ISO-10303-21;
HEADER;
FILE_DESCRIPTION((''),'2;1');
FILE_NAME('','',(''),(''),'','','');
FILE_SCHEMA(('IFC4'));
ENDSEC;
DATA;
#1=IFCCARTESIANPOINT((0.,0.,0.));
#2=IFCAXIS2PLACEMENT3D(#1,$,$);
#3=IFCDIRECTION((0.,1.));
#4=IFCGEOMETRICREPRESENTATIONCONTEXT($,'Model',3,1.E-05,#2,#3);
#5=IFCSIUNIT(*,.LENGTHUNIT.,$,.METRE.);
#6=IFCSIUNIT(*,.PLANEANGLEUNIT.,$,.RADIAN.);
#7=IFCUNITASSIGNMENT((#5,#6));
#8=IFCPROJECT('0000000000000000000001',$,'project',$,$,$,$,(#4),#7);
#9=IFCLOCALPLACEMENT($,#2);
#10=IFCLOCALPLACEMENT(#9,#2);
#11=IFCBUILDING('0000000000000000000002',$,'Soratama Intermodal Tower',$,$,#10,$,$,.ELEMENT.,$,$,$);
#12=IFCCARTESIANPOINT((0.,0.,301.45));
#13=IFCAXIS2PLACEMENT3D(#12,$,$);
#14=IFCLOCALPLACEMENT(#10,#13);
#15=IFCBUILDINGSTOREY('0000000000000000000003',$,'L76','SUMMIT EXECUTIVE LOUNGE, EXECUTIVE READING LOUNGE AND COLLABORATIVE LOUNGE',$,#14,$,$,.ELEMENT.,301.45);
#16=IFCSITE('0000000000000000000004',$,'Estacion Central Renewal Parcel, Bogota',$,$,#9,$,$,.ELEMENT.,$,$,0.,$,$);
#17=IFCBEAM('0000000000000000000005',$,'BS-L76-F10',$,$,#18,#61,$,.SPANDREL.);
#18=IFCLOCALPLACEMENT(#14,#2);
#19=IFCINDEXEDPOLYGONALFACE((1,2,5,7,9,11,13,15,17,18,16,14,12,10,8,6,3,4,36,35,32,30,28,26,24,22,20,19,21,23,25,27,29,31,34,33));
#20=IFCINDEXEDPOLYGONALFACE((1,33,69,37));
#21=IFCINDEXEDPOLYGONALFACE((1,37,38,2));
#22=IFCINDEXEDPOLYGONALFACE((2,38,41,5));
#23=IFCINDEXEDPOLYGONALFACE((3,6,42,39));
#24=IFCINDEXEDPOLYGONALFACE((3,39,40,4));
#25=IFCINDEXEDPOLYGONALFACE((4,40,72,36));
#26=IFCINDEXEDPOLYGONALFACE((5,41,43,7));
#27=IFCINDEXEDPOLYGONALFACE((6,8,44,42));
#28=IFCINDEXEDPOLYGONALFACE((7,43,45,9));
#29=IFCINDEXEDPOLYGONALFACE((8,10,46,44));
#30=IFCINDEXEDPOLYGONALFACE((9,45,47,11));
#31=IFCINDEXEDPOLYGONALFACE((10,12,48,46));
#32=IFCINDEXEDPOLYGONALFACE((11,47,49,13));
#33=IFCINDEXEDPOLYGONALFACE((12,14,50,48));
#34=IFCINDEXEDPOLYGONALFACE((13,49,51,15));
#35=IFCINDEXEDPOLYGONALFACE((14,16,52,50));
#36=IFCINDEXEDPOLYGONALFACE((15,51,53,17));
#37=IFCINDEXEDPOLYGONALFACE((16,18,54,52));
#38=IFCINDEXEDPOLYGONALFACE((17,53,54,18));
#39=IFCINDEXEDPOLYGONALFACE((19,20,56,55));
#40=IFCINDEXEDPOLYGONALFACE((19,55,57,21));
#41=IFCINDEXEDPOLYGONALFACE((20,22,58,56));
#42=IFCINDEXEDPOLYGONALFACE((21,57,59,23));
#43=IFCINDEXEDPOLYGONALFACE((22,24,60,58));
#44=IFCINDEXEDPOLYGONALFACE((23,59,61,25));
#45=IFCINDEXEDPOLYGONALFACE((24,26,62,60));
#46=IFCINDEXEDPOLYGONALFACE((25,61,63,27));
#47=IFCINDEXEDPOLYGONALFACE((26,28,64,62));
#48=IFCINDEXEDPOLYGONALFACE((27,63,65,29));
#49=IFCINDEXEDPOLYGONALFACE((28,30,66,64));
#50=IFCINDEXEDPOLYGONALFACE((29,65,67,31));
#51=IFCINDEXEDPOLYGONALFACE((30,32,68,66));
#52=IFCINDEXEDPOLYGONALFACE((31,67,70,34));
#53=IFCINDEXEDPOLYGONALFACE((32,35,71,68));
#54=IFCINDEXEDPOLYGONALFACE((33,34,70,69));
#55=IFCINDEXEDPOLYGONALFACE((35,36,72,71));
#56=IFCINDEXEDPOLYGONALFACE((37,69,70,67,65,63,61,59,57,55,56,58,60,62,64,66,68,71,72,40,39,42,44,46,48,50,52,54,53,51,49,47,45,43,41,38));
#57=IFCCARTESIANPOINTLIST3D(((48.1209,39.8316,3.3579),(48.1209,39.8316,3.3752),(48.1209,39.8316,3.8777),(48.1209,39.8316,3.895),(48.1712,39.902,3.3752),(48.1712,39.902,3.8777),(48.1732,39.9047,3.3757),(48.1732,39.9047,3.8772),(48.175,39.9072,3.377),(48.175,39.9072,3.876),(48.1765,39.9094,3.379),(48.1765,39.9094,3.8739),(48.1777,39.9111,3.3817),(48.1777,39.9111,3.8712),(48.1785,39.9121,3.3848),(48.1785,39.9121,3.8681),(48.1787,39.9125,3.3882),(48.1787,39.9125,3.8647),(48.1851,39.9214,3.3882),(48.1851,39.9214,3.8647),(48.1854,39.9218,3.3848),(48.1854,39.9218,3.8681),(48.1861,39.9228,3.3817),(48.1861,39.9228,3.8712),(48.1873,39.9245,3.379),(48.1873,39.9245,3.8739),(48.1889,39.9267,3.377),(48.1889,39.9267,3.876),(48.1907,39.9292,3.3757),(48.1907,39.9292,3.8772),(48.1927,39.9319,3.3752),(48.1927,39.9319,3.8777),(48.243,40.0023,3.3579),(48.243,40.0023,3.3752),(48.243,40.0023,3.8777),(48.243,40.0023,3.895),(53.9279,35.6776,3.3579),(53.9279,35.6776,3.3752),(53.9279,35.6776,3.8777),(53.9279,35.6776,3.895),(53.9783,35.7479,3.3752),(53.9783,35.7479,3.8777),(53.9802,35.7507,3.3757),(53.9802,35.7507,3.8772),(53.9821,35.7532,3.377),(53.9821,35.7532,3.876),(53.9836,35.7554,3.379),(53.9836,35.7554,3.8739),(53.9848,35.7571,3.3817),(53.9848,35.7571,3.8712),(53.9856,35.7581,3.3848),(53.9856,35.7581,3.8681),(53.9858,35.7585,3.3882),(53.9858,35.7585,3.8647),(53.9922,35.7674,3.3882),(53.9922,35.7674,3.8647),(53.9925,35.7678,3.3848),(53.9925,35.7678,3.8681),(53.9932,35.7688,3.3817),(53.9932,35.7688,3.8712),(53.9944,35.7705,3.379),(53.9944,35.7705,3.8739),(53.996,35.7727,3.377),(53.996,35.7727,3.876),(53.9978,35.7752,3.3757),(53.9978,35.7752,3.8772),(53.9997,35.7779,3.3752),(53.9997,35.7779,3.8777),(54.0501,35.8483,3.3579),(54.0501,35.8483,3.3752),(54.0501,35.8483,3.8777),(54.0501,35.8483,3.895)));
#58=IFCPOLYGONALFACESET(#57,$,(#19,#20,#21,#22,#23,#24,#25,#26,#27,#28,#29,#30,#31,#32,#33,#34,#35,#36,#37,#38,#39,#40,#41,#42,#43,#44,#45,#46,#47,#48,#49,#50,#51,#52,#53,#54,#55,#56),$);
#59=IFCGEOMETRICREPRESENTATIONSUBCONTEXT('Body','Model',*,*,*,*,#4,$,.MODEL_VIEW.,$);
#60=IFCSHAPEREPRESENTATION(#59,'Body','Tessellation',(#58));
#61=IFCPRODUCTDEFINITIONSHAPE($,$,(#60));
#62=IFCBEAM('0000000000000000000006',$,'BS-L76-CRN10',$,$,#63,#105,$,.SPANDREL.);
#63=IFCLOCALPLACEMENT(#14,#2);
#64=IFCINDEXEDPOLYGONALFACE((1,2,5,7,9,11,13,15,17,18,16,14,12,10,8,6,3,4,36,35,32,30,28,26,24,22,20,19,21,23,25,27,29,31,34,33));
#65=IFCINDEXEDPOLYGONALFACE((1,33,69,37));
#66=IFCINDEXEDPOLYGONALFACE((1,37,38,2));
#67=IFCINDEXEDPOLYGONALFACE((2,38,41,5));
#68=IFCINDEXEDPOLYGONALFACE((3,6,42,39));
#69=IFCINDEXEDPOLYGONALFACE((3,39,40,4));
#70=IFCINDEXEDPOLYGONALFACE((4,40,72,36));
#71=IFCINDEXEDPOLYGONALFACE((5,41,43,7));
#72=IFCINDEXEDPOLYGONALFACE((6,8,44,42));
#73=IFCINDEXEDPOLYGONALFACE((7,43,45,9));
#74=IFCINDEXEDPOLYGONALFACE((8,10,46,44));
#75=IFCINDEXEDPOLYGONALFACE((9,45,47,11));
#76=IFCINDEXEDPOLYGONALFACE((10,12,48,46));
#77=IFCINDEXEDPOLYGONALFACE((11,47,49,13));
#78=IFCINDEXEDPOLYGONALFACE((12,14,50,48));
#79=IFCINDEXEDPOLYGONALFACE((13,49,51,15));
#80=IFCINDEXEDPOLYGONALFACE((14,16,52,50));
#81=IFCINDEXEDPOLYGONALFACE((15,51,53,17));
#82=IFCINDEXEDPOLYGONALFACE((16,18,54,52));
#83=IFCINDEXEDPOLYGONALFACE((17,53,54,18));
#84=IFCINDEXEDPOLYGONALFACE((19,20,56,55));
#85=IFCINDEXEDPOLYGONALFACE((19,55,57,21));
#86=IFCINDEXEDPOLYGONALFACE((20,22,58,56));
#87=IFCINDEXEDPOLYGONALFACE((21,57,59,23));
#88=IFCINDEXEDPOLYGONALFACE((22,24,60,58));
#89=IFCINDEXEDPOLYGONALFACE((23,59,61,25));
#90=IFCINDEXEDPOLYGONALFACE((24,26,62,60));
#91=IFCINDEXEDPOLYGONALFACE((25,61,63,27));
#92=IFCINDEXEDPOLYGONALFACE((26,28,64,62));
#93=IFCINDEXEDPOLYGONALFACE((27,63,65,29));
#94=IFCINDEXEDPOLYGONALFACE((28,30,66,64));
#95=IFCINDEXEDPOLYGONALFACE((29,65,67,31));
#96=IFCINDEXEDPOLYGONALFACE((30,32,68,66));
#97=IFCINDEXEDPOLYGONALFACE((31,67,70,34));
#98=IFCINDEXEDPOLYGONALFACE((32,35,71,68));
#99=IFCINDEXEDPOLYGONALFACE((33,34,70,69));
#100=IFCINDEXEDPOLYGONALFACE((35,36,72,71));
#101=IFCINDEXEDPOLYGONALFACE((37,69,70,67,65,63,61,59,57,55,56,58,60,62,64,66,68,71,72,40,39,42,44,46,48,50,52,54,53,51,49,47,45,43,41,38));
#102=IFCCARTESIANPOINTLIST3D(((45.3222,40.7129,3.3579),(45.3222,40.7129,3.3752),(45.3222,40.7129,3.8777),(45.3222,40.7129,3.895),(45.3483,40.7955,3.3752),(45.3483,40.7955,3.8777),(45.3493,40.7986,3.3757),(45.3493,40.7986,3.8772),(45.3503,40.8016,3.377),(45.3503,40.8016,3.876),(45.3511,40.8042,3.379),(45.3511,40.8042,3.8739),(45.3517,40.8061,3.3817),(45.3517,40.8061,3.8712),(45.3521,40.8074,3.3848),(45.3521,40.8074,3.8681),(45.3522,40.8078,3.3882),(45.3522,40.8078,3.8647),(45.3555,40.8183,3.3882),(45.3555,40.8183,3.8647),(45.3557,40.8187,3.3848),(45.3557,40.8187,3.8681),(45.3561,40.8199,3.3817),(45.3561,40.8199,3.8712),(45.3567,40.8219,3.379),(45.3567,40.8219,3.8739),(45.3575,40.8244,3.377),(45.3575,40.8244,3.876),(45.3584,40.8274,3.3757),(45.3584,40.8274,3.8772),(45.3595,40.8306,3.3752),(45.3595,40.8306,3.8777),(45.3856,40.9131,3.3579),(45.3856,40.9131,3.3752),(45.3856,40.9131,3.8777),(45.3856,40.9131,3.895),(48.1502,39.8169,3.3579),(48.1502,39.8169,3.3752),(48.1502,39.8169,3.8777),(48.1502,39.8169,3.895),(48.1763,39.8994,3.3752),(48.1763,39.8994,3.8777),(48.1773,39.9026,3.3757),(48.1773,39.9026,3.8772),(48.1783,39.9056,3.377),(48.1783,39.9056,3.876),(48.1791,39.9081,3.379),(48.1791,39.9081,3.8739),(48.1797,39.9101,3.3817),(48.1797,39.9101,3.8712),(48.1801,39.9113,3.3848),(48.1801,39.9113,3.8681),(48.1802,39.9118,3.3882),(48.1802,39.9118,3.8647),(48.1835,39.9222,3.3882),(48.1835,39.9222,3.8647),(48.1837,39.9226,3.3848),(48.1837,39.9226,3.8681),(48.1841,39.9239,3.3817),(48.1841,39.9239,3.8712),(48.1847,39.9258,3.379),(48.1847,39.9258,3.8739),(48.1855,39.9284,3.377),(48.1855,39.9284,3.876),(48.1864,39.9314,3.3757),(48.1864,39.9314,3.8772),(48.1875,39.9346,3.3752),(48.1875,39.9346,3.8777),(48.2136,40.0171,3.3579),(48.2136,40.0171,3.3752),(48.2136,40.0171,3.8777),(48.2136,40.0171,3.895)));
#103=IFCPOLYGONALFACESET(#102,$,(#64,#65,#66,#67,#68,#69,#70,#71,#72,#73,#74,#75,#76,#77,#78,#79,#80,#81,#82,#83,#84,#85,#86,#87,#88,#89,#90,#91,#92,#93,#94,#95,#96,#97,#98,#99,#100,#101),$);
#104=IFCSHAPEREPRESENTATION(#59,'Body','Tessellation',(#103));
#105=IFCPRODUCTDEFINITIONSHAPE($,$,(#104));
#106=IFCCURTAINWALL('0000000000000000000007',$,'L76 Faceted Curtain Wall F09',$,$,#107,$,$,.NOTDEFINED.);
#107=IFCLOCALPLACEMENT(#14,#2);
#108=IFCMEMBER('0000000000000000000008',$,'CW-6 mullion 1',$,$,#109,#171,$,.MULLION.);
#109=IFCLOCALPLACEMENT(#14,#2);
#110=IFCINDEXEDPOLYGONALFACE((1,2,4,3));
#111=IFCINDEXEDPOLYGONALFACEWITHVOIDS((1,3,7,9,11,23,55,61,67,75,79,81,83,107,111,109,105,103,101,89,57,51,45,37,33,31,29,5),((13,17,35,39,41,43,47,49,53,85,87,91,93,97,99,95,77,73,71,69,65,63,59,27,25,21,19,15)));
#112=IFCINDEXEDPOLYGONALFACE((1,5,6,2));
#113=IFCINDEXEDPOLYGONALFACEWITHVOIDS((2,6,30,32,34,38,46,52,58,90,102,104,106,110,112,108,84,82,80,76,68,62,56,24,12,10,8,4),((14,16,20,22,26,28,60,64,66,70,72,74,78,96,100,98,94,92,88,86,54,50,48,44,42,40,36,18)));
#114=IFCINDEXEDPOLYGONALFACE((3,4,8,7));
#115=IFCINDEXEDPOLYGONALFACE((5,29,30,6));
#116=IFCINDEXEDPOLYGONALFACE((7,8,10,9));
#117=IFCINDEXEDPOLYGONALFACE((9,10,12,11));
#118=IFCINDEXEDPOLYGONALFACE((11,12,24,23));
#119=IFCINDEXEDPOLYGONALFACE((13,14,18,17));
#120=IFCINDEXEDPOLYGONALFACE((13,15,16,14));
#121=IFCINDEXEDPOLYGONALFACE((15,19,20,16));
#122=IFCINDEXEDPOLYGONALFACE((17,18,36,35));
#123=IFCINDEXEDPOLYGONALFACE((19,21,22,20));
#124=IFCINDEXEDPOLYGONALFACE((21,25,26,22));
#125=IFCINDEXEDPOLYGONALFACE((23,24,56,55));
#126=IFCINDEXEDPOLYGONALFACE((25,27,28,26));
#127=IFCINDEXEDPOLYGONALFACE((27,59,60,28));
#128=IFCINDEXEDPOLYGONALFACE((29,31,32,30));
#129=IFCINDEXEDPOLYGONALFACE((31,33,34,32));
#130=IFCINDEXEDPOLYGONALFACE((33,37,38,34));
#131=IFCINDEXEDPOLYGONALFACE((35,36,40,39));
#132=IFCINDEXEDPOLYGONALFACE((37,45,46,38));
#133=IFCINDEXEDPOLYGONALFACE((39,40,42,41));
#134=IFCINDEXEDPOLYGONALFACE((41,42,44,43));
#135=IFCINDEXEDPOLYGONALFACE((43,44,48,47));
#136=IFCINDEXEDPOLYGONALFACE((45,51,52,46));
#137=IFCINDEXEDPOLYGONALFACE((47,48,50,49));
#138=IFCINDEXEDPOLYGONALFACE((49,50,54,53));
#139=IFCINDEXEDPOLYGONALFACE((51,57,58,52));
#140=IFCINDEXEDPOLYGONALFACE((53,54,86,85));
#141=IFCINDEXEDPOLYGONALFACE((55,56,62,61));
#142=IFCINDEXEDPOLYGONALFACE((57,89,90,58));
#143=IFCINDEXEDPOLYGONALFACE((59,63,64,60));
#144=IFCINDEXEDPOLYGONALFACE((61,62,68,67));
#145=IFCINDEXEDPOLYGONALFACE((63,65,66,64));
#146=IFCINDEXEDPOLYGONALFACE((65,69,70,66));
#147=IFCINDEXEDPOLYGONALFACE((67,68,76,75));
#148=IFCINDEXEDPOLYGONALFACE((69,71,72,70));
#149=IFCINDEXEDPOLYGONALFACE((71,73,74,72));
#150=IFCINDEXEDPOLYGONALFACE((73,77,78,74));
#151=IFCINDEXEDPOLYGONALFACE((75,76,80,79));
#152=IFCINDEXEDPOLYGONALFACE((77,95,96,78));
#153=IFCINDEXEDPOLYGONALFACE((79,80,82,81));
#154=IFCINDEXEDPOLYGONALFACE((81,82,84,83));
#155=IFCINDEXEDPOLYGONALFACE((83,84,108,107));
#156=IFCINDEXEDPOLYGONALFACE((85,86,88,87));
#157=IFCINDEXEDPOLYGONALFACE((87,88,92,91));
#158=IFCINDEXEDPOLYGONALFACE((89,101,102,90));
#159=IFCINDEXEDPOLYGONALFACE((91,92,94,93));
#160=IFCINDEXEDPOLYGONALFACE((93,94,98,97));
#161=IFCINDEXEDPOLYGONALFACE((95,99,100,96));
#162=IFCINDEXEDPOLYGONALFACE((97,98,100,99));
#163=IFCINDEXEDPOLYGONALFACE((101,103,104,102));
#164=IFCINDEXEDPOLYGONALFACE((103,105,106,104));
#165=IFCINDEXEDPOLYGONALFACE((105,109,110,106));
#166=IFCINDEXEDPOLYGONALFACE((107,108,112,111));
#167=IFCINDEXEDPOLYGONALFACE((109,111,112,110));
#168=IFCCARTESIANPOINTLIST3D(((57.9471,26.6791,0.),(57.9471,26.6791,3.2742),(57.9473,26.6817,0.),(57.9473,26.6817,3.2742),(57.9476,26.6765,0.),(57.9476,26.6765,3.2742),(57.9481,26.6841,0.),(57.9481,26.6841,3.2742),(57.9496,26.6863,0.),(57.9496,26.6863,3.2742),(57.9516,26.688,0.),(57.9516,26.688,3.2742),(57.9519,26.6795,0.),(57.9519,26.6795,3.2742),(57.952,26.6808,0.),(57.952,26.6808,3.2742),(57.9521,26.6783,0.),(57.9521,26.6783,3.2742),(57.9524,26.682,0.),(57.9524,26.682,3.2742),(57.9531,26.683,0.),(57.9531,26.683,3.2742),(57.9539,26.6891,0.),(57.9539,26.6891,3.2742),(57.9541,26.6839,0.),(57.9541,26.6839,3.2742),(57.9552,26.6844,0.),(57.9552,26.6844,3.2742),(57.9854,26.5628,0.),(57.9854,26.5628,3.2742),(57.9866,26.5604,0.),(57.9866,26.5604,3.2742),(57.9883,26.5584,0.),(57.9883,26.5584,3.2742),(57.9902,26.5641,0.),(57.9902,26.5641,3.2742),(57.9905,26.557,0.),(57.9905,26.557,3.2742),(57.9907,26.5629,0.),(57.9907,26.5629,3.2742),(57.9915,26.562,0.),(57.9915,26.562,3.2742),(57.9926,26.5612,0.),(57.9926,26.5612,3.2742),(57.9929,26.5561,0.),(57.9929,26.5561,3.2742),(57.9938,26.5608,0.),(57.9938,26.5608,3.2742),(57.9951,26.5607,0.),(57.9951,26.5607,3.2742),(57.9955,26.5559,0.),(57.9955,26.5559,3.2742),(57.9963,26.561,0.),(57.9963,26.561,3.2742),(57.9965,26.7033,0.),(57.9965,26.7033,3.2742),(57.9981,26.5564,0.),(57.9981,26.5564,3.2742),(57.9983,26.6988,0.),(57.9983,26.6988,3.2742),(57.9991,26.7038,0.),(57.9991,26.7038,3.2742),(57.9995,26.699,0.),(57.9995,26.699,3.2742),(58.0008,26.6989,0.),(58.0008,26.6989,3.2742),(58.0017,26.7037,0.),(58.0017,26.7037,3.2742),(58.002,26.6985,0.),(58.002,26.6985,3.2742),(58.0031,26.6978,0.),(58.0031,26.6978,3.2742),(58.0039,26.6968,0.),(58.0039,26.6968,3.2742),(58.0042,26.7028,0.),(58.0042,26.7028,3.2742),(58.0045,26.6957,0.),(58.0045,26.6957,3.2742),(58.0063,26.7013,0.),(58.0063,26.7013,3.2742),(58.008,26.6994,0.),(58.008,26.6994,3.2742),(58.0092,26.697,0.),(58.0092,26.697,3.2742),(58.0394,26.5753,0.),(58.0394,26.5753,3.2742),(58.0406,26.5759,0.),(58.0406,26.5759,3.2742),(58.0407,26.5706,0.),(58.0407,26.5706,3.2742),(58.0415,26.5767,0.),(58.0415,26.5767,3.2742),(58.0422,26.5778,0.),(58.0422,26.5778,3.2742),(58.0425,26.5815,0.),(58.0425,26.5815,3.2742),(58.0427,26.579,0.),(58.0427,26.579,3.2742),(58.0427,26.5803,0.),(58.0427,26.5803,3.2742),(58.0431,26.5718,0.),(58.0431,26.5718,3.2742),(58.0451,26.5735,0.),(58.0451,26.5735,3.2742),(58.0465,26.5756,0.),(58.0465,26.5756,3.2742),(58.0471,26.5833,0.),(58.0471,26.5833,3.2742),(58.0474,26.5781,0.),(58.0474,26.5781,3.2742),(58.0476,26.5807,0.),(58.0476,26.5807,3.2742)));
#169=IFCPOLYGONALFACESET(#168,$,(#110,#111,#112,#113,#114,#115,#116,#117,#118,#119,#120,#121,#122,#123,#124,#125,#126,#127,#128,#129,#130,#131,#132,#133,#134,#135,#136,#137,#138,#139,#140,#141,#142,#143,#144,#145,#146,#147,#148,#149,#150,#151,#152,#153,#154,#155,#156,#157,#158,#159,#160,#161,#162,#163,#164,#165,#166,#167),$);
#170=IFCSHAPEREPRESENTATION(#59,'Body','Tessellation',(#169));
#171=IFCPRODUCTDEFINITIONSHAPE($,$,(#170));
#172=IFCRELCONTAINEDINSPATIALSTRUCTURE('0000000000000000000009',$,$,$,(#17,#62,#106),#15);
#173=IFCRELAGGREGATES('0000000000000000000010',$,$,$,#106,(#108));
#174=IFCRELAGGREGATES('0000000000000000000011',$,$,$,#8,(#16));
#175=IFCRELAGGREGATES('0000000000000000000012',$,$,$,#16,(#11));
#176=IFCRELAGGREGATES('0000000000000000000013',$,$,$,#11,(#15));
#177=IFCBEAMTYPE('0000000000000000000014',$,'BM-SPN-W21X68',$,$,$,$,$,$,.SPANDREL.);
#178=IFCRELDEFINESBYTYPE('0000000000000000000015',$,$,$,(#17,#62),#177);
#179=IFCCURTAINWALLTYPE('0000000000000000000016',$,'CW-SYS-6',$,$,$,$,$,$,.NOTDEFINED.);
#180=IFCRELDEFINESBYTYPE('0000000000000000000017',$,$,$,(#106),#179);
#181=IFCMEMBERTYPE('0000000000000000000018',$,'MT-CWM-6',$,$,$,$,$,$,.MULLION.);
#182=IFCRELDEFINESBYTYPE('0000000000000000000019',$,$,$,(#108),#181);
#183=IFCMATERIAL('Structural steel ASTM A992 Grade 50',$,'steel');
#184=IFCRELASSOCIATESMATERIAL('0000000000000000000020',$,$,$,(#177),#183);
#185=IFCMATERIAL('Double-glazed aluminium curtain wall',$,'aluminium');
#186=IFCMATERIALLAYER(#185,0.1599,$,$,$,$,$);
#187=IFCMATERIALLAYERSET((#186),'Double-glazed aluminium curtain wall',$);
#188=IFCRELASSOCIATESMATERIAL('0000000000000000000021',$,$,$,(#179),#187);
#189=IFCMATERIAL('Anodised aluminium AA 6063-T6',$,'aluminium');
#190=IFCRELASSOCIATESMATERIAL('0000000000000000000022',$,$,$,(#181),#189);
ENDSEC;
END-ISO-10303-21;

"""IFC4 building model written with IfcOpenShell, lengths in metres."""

from ifc_helpers import new_model, si_unit, direction, frame, origin, origin_2d, place, context, subcontext, project, spatial, hollow_rectangle, i_section, extrude, material, layer, layer_set, material_profile, profile_set, type_object, element, aggregate, save


model = new_model("IFC4")

# Units and contexts
model_context = context("Model", 3, precision=1e-05, world=origin(), true_north=direction((0.0, 1.0)))
body_context = subcontext(model_context, "Body", "Model", "MODEL_VIEW")
ifc_project = project(units=[si_unit("LENGTHUNIT", "METRE"), si_unit("PLANEANGLEUNIT", "RADIAN")], contexts=[model_context])

# Site, building, storey
site_placement = place(None, origin())
site = spatial("IfcSite", under=ifc_project, at=site_placement, Name="Estacion Central Renewal Parcel, Bogota", CompositionType="ELEMENT", RefElevation=0.0)
building_placement = place(site_placement, origin())
building = spatial("IfcBuilding", under=site, at=building_placement, Name="Soratama Intermodal Tower", CompositionType="ELEMENT")
storey_placement = place(building_placement, frame((0.0, 0.0, 301.45)))
storey = spatial("IfcBuildingStorey", under=building, at=storey_placement, Name="L76", Description="SUMMIT EXECUTIVE LOUNGE, EXECUTIVE READING LOUNGE AND COLLABORATIVE LOUNGE", CompositionType="ELEMENT", Elevation=301.45)

# Beams
ifc_material_1 = material(Name="Structural steel ASTM A992 Grade 50", Category="steel")
ifc_material_profile_1 = material_profile(ifc_material_1, i_section(OverallWidth=0.21, OverallDepth=0.5371, WebThickness=0.011, FlangeThickness=0.0173, FilletRadius=0.0129, at=origin_2d()), Name="W21X68")
ifc_profile_set_1 = profile_set([ifc_material_profile_1], Name="Structural steel ASTM A992 Grade 50")
beam_type_1 = type_object("IfcBeamType", Name="BM-SPN-W21X68", PredefinedType="SPANDREL", material=ifc_profile_set_1)
beam_1_placement = place(storey_placement, frame((53.989, 35.7629, 3.6265), z_axis=(-0.813329, 0.581804, 0.0), x_axis=(-0.581804, -0.813329, 0.0)))
element("IfcBeam", 1, at=beam_1_placement, inside=storey, type_object=beam_type_1, Name="BS-L76-F10", PredefinedType="SPANDREL", context=body_context, shape_type="SweptSolid", body=[
    extrude(i_section(OverallWidth=0.21, OverallDepth=0.5371, WebThickness=0.011, FlangeThickness=0.0173, FilletRadius=0.0129, at=origin_2d()), origin(), (0.0, 0.0, 1.0), 7.1399),
])
beam_2_placement = place(storey_placement, frame((48.1819, 39.917, 3.6265), z_axis=(-0.953294, 0.302045, 0.0), x_axis=(-0.302045, -0.953294, 0.0)))
element("IfcBeam", 2, at=beam_2_placement, inside=storey, type_object=beam_type_1, Name="BS-L76-CRN10", PredefinedType="SPANDREL", context=body_context, shape_type="SweptSolid", body=[
    extrude(i_section(OverallWidth=0.21, OverallDepth=0.5371, WebThickness=0.011, FlangeThickness=0.0173, FilletRadius=0.0129, at=origin_2d()), origin(), (0.0, 0.0, 1.0), 2.9666),
])

# Curtain wall, member
ifc_material_2 = material(Name="Double-glazed aluminium curtain wall", Category="aluminium")
ifc_layer_1 = layer(ifc_material_2, 0.1599)
ifc_layer_set_1 = layer_set([ifc_layer_1], Name="Double-glazed aluminium curtain wall")
curtain_wall_type = type_object("IfcCurtainWallType", Name="CW-SYS-6", PredefinedType="NOTDEFINED", material=ifc_layer_set_1)
curtain_wall_1_placement = place(storey_placement, origin())
curtain_wall_1 = element("IfcCurtainWall", 3, at=curtain_wall_1_placement, inside=storey, type_object=curtain_wall_type, Name="L76 Faceted Curtain Wall F09", PredefinedType="NOTDEFINED")
ifc_material_3 = material(Name="Anodised aluminium AA 6063-T6", Category="aluminium")
ifc_material_profile_2 = material_profile(ifc_material_3, hollow_rectangle(XDim=0.0649, YDim=0.1399, WallThickness=0.0049, InnerFilletRadius=0.0049, OuterFilletRadius=0.01, at=origin_2d()), Name="CWM140X65X5")
ifc_profile_set_2 = profile_set([ifc_material_profile_2], Name="Anodised aluminium AA 6063-T6")
member_type_1 = type_object("IfcMemberType", Name="MT-CWM-6", PredefinedType="MULLION", material=ifc_profile_set_2)
member_1_placement = place(storey_placement, frame((57.9973, 26.6299, 0.0), z_axis=(0.0, 0.0, 1.0), x_axis=(-0.948767, -0.315976, 0.0)))
member_1 = element("IfcMember", 4, at=member_1_placement, type_object=member_type_1, Name="CW-6 mullion 1", PredefinedType="MULLION", context=body_context, shape_type="SweptSolid", body=[
    extrude(hollow_rectangle(XDim=0.0649, YDim=0.1399, WallThickness=0.0049, InnerFilletRadius=0.0049, OuterFilletRadius=0.01, at=origin_2d()), origin(), (0.0, 0.0, 1.0), 3.2742),
])

aggregate(curtain_wall_1, [member_1])

save(model, "model.ifc")
